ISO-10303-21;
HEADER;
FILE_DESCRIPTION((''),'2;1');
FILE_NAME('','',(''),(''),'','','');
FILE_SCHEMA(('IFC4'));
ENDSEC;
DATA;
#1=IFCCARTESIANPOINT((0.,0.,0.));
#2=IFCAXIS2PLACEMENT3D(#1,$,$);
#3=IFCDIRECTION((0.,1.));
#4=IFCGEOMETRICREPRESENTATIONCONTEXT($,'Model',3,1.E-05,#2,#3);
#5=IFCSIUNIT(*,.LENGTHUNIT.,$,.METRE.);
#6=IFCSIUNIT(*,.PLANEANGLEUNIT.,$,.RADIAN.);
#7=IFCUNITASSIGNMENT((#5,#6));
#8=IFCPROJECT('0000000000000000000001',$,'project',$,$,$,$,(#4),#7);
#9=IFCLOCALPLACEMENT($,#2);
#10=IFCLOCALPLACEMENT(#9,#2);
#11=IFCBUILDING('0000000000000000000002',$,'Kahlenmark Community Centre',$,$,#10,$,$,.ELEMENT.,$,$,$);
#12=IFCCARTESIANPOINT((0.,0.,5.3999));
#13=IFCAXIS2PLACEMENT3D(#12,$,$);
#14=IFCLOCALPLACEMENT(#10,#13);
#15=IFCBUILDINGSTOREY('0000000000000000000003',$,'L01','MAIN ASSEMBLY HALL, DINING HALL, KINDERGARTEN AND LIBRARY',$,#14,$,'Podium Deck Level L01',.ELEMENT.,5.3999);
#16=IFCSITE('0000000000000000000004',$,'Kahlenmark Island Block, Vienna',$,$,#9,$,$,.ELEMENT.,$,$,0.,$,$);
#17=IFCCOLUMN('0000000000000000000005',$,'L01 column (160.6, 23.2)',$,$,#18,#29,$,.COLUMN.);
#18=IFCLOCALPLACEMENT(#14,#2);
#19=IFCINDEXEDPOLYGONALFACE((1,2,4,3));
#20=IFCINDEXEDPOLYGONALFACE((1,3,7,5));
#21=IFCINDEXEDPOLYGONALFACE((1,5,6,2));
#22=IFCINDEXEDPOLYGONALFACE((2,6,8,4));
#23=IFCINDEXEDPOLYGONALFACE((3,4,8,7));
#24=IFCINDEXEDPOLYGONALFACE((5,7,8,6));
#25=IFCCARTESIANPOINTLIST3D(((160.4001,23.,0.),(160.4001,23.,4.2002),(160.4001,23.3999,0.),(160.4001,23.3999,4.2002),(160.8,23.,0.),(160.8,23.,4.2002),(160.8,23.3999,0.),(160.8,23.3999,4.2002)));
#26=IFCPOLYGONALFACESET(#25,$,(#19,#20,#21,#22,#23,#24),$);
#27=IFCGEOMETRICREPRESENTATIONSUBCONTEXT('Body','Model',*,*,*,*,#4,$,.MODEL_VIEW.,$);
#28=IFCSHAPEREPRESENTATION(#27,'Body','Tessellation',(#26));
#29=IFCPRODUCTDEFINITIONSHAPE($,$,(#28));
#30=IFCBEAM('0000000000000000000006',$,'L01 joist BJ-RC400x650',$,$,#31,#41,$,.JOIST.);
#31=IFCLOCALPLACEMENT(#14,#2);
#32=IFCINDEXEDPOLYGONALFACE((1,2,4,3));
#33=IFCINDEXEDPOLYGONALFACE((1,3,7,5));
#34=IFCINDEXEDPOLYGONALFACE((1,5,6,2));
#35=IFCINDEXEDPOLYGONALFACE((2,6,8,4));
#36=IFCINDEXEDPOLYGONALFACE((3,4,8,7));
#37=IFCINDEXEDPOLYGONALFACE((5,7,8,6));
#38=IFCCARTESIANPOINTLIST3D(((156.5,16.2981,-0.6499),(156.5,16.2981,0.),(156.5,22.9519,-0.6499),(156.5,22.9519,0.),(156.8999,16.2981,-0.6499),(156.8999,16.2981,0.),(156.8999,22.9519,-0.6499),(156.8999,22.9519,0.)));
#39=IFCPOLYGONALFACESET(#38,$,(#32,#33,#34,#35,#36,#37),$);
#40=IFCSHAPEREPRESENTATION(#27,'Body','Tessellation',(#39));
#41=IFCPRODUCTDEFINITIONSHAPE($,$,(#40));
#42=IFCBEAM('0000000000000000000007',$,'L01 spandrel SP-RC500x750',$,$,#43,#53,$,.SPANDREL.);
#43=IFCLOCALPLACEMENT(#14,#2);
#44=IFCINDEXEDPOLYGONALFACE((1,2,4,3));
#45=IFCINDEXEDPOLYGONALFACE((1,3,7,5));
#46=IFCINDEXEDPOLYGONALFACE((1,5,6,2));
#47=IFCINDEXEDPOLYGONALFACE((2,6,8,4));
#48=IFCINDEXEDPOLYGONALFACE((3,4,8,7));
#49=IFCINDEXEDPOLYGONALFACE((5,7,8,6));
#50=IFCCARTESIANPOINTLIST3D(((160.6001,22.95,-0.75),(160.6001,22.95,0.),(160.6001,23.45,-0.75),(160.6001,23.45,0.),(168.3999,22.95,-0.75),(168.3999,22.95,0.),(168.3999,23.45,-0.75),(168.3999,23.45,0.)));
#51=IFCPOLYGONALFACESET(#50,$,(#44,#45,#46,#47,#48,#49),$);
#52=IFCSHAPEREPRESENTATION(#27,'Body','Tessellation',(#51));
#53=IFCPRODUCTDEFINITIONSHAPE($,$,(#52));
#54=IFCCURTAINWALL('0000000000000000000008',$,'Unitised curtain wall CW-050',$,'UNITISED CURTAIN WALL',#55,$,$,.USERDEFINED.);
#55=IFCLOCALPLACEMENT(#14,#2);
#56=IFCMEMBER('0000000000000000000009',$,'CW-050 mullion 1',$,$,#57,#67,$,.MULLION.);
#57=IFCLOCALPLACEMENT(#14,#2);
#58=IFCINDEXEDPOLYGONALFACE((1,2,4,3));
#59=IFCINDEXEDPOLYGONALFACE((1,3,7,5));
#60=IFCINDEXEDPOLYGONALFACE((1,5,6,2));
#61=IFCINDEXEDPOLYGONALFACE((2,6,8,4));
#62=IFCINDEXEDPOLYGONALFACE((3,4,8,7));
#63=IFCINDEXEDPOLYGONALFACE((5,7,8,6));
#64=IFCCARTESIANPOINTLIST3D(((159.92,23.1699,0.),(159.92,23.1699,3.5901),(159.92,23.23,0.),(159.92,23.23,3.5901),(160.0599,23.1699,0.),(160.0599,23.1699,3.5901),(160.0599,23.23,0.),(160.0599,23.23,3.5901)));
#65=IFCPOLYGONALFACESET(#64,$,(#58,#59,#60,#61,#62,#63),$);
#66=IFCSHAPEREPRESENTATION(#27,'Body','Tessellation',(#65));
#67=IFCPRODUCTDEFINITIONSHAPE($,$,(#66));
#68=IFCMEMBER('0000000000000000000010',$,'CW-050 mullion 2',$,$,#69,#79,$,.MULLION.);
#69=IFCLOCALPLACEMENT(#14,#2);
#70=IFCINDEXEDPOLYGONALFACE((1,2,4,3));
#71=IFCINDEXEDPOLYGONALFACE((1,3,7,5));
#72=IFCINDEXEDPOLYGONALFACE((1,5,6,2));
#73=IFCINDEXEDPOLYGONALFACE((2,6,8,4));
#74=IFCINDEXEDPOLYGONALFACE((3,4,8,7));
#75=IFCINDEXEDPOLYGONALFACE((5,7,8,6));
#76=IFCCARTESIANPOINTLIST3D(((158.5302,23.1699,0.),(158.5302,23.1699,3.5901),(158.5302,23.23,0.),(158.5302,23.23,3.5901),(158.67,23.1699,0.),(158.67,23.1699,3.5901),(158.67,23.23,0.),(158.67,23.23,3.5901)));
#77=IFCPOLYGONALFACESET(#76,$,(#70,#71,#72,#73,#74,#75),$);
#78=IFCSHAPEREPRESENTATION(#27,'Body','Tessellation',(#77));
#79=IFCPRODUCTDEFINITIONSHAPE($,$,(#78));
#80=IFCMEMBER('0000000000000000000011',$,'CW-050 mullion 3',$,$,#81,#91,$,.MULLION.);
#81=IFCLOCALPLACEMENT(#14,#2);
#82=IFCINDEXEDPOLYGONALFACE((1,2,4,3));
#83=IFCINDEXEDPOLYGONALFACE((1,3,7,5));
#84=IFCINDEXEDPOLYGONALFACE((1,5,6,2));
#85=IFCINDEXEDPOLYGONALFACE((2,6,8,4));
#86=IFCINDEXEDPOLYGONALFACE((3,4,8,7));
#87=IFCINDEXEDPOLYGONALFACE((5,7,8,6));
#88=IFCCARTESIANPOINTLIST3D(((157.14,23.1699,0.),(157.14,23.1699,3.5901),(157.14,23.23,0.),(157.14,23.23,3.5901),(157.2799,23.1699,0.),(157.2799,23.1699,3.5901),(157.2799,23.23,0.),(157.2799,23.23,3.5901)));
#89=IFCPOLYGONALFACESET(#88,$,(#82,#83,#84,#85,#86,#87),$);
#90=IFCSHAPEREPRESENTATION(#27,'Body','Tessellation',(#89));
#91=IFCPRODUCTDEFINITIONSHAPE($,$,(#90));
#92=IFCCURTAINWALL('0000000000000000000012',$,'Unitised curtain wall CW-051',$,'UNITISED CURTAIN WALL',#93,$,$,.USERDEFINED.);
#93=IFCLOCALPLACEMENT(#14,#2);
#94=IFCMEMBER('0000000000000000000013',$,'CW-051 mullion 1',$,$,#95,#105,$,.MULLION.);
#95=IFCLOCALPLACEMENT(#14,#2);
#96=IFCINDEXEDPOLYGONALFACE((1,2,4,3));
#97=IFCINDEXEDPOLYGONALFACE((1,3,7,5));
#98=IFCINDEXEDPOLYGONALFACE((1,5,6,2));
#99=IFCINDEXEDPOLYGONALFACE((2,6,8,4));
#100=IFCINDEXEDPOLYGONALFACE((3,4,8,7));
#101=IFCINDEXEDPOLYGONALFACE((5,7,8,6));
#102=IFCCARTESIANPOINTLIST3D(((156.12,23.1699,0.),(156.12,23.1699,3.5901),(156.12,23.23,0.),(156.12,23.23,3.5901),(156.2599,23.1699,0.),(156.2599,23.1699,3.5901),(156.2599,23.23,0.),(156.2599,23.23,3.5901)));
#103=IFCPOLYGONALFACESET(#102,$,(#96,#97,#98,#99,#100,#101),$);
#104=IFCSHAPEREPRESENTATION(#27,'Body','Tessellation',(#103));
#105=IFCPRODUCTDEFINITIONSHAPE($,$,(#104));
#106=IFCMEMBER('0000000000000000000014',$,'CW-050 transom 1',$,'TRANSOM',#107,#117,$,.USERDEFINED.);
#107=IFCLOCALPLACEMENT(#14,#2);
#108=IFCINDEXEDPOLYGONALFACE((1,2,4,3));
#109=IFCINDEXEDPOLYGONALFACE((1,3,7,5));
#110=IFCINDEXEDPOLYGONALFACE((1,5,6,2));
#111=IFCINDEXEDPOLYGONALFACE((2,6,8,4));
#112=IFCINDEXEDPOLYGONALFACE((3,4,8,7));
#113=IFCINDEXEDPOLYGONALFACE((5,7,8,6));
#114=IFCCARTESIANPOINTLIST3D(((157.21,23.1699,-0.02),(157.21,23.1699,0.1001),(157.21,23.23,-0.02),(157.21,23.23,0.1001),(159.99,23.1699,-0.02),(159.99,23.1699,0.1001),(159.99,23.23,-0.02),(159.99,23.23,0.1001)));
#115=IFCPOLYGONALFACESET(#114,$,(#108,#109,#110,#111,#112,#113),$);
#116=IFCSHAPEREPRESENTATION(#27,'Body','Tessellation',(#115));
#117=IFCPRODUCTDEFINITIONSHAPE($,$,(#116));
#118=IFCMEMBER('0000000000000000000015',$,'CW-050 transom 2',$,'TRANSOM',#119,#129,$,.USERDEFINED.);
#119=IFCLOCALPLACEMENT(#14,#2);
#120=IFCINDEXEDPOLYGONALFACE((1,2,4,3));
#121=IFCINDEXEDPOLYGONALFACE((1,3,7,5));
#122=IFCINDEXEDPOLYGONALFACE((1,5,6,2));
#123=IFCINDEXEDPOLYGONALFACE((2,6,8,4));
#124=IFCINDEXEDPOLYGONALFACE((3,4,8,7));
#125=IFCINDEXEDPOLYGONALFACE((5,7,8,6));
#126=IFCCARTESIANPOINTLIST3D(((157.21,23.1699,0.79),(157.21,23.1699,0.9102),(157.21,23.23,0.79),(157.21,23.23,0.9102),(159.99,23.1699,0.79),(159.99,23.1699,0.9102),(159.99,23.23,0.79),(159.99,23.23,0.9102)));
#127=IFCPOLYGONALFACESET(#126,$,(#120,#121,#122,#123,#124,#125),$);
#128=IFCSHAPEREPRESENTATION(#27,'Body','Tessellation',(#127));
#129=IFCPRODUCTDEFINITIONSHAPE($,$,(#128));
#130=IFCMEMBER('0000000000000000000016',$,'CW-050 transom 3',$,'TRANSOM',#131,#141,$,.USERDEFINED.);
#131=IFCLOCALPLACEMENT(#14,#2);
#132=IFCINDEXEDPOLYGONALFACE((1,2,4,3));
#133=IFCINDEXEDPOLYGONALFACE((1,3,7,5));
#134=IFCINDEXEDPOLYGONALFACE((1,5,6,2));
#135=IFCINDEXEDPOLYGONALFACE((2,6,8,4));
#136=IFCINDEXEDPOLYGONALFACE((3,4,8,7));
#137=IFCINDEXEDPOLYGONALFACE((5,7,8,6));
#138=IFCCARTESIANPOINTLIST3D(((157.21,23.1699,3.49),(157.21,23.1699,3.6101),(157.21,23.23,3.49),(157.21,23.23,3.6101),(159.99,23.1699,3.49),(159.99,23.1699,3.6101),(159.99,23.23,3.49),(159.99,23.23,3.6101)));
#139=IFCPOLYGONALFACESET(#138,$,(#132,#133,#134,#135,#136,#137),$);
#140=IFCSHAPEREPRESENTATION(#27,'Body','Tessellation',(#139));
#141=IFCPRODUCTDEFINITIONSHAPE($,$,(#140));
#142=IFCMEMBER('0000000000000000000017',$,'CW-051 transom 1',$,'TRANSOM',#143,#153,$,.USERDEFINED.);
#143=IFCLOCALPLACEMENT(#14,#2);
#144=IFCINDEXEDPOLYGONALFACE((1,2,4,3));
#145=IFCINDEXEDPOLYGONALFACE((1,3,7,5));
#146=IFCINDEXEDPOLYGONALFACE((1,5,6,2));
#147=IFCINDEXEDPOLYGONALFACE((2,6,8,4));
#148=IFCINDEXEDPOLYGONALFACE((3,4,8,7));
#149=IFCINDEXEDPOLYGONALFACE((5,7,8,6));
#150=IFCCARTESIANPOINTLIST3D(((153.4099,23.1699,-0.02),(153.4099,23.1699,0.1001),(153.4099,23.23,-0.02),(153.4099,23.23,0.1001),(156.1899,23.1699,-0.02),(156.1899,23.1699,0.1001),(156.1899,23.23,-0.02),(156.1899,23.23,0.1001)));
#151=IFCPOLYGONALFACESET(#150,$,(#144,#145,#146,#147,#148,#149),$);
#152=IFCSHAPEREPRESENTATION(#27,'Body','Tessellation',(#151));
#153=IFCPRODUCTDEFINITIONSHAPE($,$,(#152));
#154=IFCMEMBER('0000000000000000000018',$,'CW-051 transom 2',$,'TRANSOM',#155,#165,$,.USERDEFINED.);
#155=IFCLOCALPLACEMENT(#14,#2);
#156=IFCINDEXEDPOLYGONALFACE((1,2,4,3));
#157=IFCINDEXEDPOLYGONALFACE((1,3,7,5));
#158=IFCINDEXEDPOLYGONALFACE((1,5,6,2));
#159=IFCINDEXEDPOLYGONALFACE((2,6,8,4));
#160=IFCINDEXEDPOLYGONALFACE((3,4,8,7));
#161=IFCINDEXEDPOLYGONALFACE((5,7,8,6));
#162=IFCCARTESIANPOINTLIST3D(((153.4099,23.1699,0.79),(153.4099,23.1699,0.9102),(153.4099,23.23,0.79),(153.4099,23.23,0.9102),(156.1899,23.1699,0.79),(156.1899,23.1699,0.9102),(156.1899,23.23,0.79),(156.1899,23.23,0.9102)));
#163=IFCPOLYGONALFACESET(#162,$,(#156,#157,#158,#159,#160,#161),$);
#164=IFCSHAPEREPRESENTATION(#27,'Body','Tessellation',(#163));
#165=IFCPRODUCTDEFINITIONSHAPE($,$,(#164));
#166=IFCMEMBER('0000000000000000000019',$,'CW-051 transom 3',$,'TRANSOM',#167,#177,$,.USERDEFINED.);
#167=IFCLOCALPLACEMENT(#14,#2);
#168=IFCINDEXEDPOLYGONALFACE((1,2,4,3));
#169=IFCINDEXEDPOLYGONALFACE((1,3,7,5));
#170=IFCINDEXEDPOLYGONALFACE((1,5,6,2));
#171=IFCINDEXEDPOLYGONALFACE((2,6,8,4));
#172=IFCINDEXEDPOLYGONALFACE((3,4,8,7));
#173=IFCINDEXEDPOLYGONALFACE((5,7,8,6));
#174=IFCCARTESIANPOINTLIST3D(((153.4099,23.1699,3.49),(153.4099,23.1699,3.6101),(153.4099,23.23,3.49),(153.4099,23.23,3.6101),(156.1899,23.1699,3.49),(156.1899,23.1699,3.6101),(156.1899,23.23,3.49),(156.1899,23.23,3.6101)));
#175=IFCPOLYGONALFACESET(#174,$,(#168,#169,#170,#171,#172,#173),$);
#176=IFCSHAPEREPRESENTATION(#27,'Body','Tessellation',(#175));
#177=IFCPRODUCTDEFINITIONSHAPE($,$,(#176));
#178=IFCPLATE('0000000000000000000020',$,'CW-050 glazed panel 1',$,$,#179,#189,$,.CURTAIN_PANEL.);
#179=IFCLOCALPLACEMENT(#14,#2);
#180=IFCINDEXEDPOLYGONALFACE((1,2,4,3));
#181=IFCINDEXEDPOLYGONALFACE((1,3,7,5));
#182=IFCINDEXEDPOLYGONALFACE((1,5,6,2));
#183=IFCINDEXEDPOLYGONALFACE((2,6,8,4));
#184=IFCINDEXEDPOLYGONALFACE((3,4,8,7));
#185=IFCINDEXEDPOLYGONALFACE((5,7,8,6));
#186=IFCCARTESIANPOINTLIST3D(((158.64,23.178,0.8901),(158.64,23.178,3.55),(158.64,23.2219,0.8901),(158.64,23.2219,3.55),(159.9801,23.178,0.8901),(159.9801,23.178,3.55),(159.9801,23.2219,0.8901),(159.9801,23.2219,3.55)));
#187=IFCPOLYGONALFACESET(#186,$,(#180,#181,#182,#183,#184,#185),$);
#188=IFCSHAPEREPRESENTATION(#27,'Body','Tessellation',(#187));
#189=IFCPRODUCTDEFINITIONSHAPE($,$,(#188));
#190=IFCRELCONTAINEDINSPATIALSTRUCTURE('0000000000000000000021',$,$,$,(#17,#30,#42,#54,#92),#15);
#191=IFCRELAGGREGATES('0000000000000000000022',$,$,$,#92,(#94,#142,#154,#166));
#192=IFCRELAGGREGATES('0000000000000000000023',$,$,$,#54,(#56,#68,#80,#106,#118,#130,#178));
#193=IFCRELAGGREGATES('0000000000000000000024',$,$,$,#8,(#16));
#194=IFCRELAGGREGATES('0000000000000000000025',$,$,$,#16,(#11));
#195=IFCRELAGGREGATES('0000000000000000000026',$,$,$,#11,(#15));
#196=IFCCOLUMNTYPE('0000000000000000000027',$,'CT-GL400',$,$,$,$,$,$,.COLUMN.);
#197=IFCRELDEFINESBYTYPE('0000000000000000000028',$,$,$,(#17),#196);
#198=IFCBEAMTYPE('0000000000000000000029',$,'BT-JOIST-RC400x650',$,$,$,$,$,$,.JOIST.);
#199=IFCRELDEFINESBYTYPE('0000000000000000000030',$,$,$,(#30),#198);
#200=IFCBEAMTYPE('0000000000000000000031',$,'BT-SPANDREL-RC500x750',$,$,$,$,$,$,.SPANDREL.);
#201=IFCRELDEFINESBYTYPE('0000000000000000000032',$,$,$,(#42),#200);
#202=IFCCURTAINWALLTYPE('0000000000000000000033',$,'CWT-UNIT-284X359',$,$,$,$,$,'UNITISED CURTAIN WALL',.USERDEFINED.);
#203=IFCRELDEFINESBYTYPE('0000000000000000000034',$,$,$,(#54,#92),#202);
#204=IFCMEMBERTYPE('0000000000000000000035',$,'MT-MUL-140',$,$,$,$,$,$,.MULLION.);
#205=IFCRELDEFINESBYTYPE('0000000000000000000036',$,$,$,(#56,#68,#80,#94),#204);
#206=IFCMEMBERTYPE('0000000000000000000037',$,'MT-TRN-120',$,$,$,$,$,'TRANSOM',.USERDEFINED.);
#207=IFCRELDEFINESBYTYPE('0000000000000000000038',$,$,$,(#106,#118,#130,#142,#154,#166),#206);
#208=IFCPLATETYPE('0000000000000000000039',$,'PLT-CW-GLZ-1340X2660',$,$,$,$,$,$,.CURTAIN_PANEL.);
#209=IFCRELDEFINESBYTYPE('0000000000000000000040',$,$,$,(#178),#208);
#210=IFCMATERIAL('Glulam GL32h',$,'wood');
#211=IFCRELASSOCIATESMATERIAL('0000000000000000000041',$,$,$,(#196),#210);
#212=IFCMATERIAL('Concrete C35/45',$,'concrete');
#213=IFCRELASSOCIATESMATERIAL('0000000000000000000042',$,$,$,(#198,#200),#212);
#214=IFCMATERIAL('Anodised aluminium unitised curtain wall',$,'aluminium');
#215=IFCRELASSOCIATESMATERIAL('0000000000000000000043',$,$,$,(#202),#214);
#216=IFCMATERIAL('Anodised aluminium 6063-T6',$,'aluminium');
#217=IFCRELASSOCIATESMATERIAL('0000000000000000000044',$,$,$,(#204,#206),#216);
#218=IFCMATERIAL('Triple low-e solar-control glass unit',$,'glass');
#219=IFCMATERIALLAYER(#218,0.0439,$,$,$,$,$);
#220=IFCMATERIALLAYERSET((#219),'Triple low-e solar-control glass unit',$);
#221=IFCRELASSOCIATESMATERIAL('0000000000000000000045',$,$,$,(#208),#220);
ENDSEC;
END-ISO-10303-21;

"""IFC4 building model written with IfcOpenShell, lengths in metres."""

from ifc_helpers import new_model, si_unit, direction, frame, origin, origin_2d, place, context, subcontext, project, spatial, rectangle, extrude, material, layer, layer_set, material_profile, profile_set, type_object, element, aggregate, save


model = new_model("IFC4")

# Units and contexts
model_context = context("Model", 3, precision=1e-05, world=origin(), true_north=direction((0.0, 1.0)))
body_context = subcontext(model_context, "Body", "Model", "MODEL_VIEW")
ifc_project = project(units=[si_unit("LENGTHUNIT", "METRE"), si_unit("PLANEANGLEUNIT", "RADIAN")], contexts=[model_context])

# Site, building, storey
site_placement = place(None, origin())
site = spatial("IfcSite", under=ifc_project, at=site_placement, Name="Kahlenmark Island Block, Vienna", CompositionType="ELEMENT", RefElevation=0.0)
building_placement = place(site_placement, origin())
building = spatial("IfcBuilding", under=site, at=building_placement, Name="Kahlenmark Community Centre", CompositionType="ELEMENT")
storey_placement = place(building_placement, frame((0.0, 0.0, 5.3999)))
storey = spatial("IfcBuildingStorey", under=building, at=storey_placement, Name="L01", Description="MAIN ASSEMBLY HALL, DINING HALL, KINDERGARTEN AND LIBRARY", LongName="Podium Deck Level L01", CompositionType="ELEMENT", Elevation=5.3999)

# Column
ifc_material_1 = material(Name="Glulam GL32h", Category="wood")
ifc_material_profile_1 = material_profile(ifc_material_1, rectangle(XDim=0.3999, YDim=0.3999, at=origin_2d()), Name="GL32h 400x400")
ifc_profile_set_1 = profile_set([ifc_material_profile_1], Name="Glulam GL32h")
column_type = type_object("IfcColumnType", Name="CT-GL400", PredefinedType="COLUMN", material=ifc_profile_set_1)
column_placement = place(storey_placement, frame((160.6001, 23.2, 0.0), z_axis=(0.0, 0.0, 1.0), x_axis=(1.0, 0.0, 0.0)))
element("IfcColumn", 1, at=column_placement, inside=storey, type_object=column_type, Name="L01 column (160.6, 23.2)", PredefinedType="COLUMN", context=body_context, shape_type="SweptSolid", body=[
    extrude(rectangle(XDim=0.3999, YDim=0.3999, at=origin_2d()), origin(), (0.0, 0.0, 1.0), 4.2002),
])

# Beams
ifc_material_2 = material(Name="Concrete C35/45", Category="concrete")
ifc_material_profile_2 = material_profile(ifc_material_2, rectangle(XDim=0.3999, YDim=0.6499, at=origin_2d()), Name="RC 400x650")
ifc_profile_set_2 = profile_set([ifc_material_profile_2], Name="Concrete C35/45")
beam_type_1 = type_object("IfcBeamType", Name="BT-JOIST-RC400x650", PredefinedType="JOIST", material=ifc_profile_set_2)
beam_1_placement = place(storey_placement, frame((156.7, 16.2981, -0.325), z_axis=(0.0, 1.0, 0.0), x_axis=(-1.0, 0.0, 0.0)))
element("IfcBeam", 2, at=beam_1_placement, inside=storey, type_object=beam_type_1, Name="L01 joist BJ-RC400x650", PredefinedType="JOIST", context=body_context, shape_type="SweptSolid", body=[
    extrude(rectangle(XDim=0.3999, YDim=0.6499, at=origin_2d()), origin(), (0.0, 0.0, 1.0), 6.6538),
])
ifc_material_profile_3 = material_profile(ifc_material_2, rectangle(XDim=0.5, YDim=0.75, at=origin_2d()), Name="RC 500x750")
ifc_profile_set_3 = profile_set([ifc_material_profile_3], Name="Concrete C35/45")
beam_type_2 = type_object("IfcBeamType", Name="BT-SPANDREL-RC500x750", PredefinedType="SPANDREL", material=ifc_profile_set_3)
beam_2_placement = place(storey_placement, frame((160.6001, 23.2, -0.375), z_axis=(1.0, 0.0, 0.0), x_axis=(0.0, 1.0, 0.0)))
element("IfcBeam", 3, at=beam_2_placement, inside=storey, type_object=beam_type_2, Name="L01 spandrel SP-RC500x750", PredefinedType="SPANDREL", context=body_context, shape_type="SweptSolid", body=[
    extrude(rectangle(XDim=0.5, YDim=0.75, at=origin_2d()), origin(), (0.0, 0.0, 1.0), 7.7998),
])

# Curtain wall, members
ifc_material_3 = material(Name="Anodised aluminium unitised curtain wall", Category="aluminium")
curtain_wall_type = type_object("IfcCurtainWallType", Name="CWT-UNIT-284X359", ElementType="UNITISED CURTAIN WALL", PredefinedType="USERDEFINED", material=ifc_material_3)
curtain_wall_1_placement = place(storey_placement, origin())
curtain_wall_1 = element("IfcCurtainWall", 4, at=curtain_wall_1_placement, inside=storey, type_object=curtain_wall_type, Name="Unitised curtain wall CW-050", ObjectType="UNITISED CURTAIN WALL", PredefinedType="USERDEFINED")
ifc_material_4 = material(Name="Anodised aluminium 6063-T6", Category="aluminium")
ifc_material_profile_4 = material_profile(ifc_material_4, rectangle(XDim=0.0601, YDim=0.1399, at=origin_2d()), Name="ALU MULLION 60x140")
ifc_profile_set_4 = profile_set([ifc_material_profile_4], Name="Anodised aluminium 6063-T6")
member_type_1 = type_object("IfcMemberType", Name="MT-MUL-140", PredefinedType="MULLION", material=ifc_profile_set_4)
member_1_placement = place(storey_placement, frame((159.99, 23.2, 0.0), z_axis=(0.0, 0.0, 1.0), x_axis=(0.0, -1.0, 0.0)))
member_1 = element("IfcMember", 5, at=member_1_placement, type_object=member_type_1, Name="CW-050 mullion 1", PredefinedType="MULLION", context=body_context, shape_type="SweptSolid", body=[
    extrude(rectangle(XDim=0.0601, YDim=0.1399, at=origin_2d()), origin(), (0.0, 0.0, 1.0), 3.5901),
])
member_2_placement = place(storey_placement, frame((158.6001, 23.2, 0.0), z_axis=(0.0, 0.0, 1.0), x_axis=(0.0, -1.0, 0.0)))
member_2 = element("IfcMember", 6, at=member_2_placement, type_object=member_type_1, Name="CW-050 mullion 2", PredefinedType="MULLION", context=body_context, shape_type="SweptSolid", body=[
    extrude(rectangle(XDim=0.0601, YDim=0.1399, at=origin_2d()), origin(), (0.0, 0.0, 1.0), 3.5901),
])
member_3_placement = place(storey_placement, frame((157.21, 23.2, 0.0), z_axis=(0.0, 0.0, 1.0), x_axis=(0.0, -1.0, 0.0)))
member_3 = element("IfcMember", 7, at=member_3_placement, type_object=member_type_1, Name="CW-050 mullion 3", PredefinedType="MULLION", context=body_context, shape_type="SweptSolid", body=[
    extrude(rectangle(XDim=0.0601, YDim=0.1399, at=origin_2d()), origin(), (0.0, 0.0, 1.0), 3.5901),
])

# Curtain wall, member
curtain_wall_2_placement = place(storey_placement, origin())
curtain_wall_2 = element("IfcCurtainWall", 8, at=curtain_wall_2_placement, inside=storey, type_object=curtain_wall_type, Name="Unitised curtain wall CW-051", ObjectType="UNITISED CURTAIN WALL", PredefinedType="USERDEFINED")
member_4_placement = place(storey_placement, frame((156.1899, 23.2, 0.0), z_axis=(0.0, 0.0, 1.0), x_axis=(0.0, -1.0, 0.0)))
member_4 = element("IfcMember", 9, at=member_4_placement, type_object=member_type_1, Name="CW-051 mullion 1", PredefinedType="MULLION", context=body_context, shape_type="SweptSolid", body=[
    extrude(rectangle(XDim=0.0601, YDim=0.1399, at=origin_2d()), origin(), (0.0, 0.0, 1.0), 3.5901),
])

# Members
ifc_material_profile_5 = material_profile(ifc_material_4, rectangle(XDim=0.0601, YDim=0.1201, at=origin_2d()), Name="ALU TRANSOM 60x120")
ifc_profile_set_5 = profile_set([ifc_material_profile_5], Name="Anodised aluminium 6063-T6")
member_type_2 = type_object("IfcMemberType", Name="MT-TRN-120", ElementType="TRANSOM", PredefinedType="USERDEFINED", material=ifc_profile_set_5)
member_5_placement = place(storey_placement, frame((159.99, 23.2, 0.04), z_axis=(-1.0, 0.0, 0.0), x_axis=(0.0, -1.0, 0.0)))
member_5 = element("IfcMember", 10, at=member_5_placement, type_object=member_type_2, Name="CW-050 transom 1", ObjectType="TRANSOM", PredefinedType="USERDEFINED", context=body_context, shape_type="SweptSolid", body=[
    extrude(rectangle(XDim=0.0601, YDim=0.1201, at=origin_2d()), origin(), (0.0, 0.0, 1.0), 2.78),
])
member_6_placement = place(storey_placement, frame((159.99, 23.2, 0.8501), z_axis=(-1.0, 0.0, 0.0), x_axis=(0.0, -1.0, 0.0)))
member_6 = element("IfcMember", 11, at=member_6_placement, type_object=member_type_2, Name="CW-050 transom 2", ObjectType="TRANSOM", PredefinedType="USERDEFINED", context=body_context, shape_type="SweptSolid", body=[
    extrude(rectangle(XDim=0.0601, YDim=0.1201, at=origin_2d()), origin(), (0.0, 0.0, 1.0), 2.78),
])
member_7_placement = place(storey_placement, frame((159.99, 23.2, 3.55), z_axis=(-1.0, 0.0, 0.0), x_axis=(0.0, -1.0, 0.0)))
member_7 = element("IfcMember", 12, at=member_7_placement, type_object=member_type_2, Name="CW-050 transom 3", ObjectType="TRANSOM", PredefinedType="USERDEFINED", context=body_context, shape_type="SweptSolid", body=[
    extrude(rectangle(XDim=0.0601, YDim=0.1201, at=origin_2d()), origin(), (0.0, 0.0, 1.0), 2.78),
])
member_8_placement = place(storey_placement, frame((156.1899, 23.2, 0.04), z_axis=(-1.0, 0.0, 0.0), x_axis=(0.0, -1.0, 0.0)))
member_8 = element("IfcMember", 13, at=member_8_placement, type_object=member_type_2, Name="CW-051 transom 1", ObjectType="TRANSOM", PredefinedType="USERDEFINED", context=body_context, shape_type="SweptSolid", body=[
    extrude(rectangle(XDim=0.0601, YDim=0.1201, at=origin_2d()), origin(), (0.0, 0.0, 1.0), 2.78),
])
member_9_placement = place(storey_placement, frame((156.1899, 23.2, 0.8501), z_axis=(-1.0, 0.0, 0.0), x_axis=(0.0, -1.0, 0.0)))
member_9 = element("IfcMember", 14, at=member_9_placement, type_object=member_type_2, Name="CW-051 transom 2", ObjectType="TRANSOM", PredefinedType="USERDEFINED", context=body_context, shape_type="SweptSolid", body=[
    extrude(rectangle(XDim=0.0601, YDim=0.1201, at=origin_2d()), origin(), (0.0, 0.0, 1.0), 2.78),
])
member_10_placement = place(storey_placement, frame((156.1899, 23.2, 3.55), z_axis=(-1.0, 0.0, 0.0), x_axis=(0.0, -1.0, 0.0)))
member_10 = element("IfcMember", 15, at=member_10_placement, type_object=member_type_2, Name="CW-051 transom 3", ObjectType="TRANSOM", PredefinedType="USERDEFINED", context=body_context, shape_type="SweptSolid", body=[
    extrude(rectangle(XDim=0.0601, YDim=0.1201, at=origin_2d()), origin(), (0.0, 0.0, 1.0), 2.78),
])
aggregate(curtain_wall_2, [member_4, member_8, member_9, member_10])

# Plate
ifc_material_5 = material(Name="Triple low-e solar-control glass unit", Category="glass")
ifc_layer_1 = layer(ifc_material_5, 0.0439)
ifc_layer_set_1 = layer_set([ifc_layer_1], Name="Triple low-e solar-control glass unit")
plate_type_1 = type_object("IfcPlateType", Name="PLT-CW-GLZ-1340X2660", PredefinedType="CURTAIN_PANEL", material=ifc_layer_set_1)
plate_1_placement = place(storey_placement, frame((159.3101, 23.2, 0.8901), z_axis=(0.0, 0.0, 1.0), x_axis=(-1.0, 0.0, 0.0)))
plate_1 = element("IfcPlate", 16, at=plate_1_placement, type_object=plate_type_1, Name="CW-050 glazed panel 1", PredefinedType="CURTAIN_PANEL", context=body_context, shape_type="SweptSolid", body=[
    extrude(rectangle(XDim=1.3401, YDim=0.0439, at=origin_2d()), origin(), (0.0, 0.0, 1.0), 2.6599),
])
aggregate(curtain_wall_1, [member_1, member_2, member_3, member_5, member_6, member_7, plate_1])

save(model, "model.ifc")
